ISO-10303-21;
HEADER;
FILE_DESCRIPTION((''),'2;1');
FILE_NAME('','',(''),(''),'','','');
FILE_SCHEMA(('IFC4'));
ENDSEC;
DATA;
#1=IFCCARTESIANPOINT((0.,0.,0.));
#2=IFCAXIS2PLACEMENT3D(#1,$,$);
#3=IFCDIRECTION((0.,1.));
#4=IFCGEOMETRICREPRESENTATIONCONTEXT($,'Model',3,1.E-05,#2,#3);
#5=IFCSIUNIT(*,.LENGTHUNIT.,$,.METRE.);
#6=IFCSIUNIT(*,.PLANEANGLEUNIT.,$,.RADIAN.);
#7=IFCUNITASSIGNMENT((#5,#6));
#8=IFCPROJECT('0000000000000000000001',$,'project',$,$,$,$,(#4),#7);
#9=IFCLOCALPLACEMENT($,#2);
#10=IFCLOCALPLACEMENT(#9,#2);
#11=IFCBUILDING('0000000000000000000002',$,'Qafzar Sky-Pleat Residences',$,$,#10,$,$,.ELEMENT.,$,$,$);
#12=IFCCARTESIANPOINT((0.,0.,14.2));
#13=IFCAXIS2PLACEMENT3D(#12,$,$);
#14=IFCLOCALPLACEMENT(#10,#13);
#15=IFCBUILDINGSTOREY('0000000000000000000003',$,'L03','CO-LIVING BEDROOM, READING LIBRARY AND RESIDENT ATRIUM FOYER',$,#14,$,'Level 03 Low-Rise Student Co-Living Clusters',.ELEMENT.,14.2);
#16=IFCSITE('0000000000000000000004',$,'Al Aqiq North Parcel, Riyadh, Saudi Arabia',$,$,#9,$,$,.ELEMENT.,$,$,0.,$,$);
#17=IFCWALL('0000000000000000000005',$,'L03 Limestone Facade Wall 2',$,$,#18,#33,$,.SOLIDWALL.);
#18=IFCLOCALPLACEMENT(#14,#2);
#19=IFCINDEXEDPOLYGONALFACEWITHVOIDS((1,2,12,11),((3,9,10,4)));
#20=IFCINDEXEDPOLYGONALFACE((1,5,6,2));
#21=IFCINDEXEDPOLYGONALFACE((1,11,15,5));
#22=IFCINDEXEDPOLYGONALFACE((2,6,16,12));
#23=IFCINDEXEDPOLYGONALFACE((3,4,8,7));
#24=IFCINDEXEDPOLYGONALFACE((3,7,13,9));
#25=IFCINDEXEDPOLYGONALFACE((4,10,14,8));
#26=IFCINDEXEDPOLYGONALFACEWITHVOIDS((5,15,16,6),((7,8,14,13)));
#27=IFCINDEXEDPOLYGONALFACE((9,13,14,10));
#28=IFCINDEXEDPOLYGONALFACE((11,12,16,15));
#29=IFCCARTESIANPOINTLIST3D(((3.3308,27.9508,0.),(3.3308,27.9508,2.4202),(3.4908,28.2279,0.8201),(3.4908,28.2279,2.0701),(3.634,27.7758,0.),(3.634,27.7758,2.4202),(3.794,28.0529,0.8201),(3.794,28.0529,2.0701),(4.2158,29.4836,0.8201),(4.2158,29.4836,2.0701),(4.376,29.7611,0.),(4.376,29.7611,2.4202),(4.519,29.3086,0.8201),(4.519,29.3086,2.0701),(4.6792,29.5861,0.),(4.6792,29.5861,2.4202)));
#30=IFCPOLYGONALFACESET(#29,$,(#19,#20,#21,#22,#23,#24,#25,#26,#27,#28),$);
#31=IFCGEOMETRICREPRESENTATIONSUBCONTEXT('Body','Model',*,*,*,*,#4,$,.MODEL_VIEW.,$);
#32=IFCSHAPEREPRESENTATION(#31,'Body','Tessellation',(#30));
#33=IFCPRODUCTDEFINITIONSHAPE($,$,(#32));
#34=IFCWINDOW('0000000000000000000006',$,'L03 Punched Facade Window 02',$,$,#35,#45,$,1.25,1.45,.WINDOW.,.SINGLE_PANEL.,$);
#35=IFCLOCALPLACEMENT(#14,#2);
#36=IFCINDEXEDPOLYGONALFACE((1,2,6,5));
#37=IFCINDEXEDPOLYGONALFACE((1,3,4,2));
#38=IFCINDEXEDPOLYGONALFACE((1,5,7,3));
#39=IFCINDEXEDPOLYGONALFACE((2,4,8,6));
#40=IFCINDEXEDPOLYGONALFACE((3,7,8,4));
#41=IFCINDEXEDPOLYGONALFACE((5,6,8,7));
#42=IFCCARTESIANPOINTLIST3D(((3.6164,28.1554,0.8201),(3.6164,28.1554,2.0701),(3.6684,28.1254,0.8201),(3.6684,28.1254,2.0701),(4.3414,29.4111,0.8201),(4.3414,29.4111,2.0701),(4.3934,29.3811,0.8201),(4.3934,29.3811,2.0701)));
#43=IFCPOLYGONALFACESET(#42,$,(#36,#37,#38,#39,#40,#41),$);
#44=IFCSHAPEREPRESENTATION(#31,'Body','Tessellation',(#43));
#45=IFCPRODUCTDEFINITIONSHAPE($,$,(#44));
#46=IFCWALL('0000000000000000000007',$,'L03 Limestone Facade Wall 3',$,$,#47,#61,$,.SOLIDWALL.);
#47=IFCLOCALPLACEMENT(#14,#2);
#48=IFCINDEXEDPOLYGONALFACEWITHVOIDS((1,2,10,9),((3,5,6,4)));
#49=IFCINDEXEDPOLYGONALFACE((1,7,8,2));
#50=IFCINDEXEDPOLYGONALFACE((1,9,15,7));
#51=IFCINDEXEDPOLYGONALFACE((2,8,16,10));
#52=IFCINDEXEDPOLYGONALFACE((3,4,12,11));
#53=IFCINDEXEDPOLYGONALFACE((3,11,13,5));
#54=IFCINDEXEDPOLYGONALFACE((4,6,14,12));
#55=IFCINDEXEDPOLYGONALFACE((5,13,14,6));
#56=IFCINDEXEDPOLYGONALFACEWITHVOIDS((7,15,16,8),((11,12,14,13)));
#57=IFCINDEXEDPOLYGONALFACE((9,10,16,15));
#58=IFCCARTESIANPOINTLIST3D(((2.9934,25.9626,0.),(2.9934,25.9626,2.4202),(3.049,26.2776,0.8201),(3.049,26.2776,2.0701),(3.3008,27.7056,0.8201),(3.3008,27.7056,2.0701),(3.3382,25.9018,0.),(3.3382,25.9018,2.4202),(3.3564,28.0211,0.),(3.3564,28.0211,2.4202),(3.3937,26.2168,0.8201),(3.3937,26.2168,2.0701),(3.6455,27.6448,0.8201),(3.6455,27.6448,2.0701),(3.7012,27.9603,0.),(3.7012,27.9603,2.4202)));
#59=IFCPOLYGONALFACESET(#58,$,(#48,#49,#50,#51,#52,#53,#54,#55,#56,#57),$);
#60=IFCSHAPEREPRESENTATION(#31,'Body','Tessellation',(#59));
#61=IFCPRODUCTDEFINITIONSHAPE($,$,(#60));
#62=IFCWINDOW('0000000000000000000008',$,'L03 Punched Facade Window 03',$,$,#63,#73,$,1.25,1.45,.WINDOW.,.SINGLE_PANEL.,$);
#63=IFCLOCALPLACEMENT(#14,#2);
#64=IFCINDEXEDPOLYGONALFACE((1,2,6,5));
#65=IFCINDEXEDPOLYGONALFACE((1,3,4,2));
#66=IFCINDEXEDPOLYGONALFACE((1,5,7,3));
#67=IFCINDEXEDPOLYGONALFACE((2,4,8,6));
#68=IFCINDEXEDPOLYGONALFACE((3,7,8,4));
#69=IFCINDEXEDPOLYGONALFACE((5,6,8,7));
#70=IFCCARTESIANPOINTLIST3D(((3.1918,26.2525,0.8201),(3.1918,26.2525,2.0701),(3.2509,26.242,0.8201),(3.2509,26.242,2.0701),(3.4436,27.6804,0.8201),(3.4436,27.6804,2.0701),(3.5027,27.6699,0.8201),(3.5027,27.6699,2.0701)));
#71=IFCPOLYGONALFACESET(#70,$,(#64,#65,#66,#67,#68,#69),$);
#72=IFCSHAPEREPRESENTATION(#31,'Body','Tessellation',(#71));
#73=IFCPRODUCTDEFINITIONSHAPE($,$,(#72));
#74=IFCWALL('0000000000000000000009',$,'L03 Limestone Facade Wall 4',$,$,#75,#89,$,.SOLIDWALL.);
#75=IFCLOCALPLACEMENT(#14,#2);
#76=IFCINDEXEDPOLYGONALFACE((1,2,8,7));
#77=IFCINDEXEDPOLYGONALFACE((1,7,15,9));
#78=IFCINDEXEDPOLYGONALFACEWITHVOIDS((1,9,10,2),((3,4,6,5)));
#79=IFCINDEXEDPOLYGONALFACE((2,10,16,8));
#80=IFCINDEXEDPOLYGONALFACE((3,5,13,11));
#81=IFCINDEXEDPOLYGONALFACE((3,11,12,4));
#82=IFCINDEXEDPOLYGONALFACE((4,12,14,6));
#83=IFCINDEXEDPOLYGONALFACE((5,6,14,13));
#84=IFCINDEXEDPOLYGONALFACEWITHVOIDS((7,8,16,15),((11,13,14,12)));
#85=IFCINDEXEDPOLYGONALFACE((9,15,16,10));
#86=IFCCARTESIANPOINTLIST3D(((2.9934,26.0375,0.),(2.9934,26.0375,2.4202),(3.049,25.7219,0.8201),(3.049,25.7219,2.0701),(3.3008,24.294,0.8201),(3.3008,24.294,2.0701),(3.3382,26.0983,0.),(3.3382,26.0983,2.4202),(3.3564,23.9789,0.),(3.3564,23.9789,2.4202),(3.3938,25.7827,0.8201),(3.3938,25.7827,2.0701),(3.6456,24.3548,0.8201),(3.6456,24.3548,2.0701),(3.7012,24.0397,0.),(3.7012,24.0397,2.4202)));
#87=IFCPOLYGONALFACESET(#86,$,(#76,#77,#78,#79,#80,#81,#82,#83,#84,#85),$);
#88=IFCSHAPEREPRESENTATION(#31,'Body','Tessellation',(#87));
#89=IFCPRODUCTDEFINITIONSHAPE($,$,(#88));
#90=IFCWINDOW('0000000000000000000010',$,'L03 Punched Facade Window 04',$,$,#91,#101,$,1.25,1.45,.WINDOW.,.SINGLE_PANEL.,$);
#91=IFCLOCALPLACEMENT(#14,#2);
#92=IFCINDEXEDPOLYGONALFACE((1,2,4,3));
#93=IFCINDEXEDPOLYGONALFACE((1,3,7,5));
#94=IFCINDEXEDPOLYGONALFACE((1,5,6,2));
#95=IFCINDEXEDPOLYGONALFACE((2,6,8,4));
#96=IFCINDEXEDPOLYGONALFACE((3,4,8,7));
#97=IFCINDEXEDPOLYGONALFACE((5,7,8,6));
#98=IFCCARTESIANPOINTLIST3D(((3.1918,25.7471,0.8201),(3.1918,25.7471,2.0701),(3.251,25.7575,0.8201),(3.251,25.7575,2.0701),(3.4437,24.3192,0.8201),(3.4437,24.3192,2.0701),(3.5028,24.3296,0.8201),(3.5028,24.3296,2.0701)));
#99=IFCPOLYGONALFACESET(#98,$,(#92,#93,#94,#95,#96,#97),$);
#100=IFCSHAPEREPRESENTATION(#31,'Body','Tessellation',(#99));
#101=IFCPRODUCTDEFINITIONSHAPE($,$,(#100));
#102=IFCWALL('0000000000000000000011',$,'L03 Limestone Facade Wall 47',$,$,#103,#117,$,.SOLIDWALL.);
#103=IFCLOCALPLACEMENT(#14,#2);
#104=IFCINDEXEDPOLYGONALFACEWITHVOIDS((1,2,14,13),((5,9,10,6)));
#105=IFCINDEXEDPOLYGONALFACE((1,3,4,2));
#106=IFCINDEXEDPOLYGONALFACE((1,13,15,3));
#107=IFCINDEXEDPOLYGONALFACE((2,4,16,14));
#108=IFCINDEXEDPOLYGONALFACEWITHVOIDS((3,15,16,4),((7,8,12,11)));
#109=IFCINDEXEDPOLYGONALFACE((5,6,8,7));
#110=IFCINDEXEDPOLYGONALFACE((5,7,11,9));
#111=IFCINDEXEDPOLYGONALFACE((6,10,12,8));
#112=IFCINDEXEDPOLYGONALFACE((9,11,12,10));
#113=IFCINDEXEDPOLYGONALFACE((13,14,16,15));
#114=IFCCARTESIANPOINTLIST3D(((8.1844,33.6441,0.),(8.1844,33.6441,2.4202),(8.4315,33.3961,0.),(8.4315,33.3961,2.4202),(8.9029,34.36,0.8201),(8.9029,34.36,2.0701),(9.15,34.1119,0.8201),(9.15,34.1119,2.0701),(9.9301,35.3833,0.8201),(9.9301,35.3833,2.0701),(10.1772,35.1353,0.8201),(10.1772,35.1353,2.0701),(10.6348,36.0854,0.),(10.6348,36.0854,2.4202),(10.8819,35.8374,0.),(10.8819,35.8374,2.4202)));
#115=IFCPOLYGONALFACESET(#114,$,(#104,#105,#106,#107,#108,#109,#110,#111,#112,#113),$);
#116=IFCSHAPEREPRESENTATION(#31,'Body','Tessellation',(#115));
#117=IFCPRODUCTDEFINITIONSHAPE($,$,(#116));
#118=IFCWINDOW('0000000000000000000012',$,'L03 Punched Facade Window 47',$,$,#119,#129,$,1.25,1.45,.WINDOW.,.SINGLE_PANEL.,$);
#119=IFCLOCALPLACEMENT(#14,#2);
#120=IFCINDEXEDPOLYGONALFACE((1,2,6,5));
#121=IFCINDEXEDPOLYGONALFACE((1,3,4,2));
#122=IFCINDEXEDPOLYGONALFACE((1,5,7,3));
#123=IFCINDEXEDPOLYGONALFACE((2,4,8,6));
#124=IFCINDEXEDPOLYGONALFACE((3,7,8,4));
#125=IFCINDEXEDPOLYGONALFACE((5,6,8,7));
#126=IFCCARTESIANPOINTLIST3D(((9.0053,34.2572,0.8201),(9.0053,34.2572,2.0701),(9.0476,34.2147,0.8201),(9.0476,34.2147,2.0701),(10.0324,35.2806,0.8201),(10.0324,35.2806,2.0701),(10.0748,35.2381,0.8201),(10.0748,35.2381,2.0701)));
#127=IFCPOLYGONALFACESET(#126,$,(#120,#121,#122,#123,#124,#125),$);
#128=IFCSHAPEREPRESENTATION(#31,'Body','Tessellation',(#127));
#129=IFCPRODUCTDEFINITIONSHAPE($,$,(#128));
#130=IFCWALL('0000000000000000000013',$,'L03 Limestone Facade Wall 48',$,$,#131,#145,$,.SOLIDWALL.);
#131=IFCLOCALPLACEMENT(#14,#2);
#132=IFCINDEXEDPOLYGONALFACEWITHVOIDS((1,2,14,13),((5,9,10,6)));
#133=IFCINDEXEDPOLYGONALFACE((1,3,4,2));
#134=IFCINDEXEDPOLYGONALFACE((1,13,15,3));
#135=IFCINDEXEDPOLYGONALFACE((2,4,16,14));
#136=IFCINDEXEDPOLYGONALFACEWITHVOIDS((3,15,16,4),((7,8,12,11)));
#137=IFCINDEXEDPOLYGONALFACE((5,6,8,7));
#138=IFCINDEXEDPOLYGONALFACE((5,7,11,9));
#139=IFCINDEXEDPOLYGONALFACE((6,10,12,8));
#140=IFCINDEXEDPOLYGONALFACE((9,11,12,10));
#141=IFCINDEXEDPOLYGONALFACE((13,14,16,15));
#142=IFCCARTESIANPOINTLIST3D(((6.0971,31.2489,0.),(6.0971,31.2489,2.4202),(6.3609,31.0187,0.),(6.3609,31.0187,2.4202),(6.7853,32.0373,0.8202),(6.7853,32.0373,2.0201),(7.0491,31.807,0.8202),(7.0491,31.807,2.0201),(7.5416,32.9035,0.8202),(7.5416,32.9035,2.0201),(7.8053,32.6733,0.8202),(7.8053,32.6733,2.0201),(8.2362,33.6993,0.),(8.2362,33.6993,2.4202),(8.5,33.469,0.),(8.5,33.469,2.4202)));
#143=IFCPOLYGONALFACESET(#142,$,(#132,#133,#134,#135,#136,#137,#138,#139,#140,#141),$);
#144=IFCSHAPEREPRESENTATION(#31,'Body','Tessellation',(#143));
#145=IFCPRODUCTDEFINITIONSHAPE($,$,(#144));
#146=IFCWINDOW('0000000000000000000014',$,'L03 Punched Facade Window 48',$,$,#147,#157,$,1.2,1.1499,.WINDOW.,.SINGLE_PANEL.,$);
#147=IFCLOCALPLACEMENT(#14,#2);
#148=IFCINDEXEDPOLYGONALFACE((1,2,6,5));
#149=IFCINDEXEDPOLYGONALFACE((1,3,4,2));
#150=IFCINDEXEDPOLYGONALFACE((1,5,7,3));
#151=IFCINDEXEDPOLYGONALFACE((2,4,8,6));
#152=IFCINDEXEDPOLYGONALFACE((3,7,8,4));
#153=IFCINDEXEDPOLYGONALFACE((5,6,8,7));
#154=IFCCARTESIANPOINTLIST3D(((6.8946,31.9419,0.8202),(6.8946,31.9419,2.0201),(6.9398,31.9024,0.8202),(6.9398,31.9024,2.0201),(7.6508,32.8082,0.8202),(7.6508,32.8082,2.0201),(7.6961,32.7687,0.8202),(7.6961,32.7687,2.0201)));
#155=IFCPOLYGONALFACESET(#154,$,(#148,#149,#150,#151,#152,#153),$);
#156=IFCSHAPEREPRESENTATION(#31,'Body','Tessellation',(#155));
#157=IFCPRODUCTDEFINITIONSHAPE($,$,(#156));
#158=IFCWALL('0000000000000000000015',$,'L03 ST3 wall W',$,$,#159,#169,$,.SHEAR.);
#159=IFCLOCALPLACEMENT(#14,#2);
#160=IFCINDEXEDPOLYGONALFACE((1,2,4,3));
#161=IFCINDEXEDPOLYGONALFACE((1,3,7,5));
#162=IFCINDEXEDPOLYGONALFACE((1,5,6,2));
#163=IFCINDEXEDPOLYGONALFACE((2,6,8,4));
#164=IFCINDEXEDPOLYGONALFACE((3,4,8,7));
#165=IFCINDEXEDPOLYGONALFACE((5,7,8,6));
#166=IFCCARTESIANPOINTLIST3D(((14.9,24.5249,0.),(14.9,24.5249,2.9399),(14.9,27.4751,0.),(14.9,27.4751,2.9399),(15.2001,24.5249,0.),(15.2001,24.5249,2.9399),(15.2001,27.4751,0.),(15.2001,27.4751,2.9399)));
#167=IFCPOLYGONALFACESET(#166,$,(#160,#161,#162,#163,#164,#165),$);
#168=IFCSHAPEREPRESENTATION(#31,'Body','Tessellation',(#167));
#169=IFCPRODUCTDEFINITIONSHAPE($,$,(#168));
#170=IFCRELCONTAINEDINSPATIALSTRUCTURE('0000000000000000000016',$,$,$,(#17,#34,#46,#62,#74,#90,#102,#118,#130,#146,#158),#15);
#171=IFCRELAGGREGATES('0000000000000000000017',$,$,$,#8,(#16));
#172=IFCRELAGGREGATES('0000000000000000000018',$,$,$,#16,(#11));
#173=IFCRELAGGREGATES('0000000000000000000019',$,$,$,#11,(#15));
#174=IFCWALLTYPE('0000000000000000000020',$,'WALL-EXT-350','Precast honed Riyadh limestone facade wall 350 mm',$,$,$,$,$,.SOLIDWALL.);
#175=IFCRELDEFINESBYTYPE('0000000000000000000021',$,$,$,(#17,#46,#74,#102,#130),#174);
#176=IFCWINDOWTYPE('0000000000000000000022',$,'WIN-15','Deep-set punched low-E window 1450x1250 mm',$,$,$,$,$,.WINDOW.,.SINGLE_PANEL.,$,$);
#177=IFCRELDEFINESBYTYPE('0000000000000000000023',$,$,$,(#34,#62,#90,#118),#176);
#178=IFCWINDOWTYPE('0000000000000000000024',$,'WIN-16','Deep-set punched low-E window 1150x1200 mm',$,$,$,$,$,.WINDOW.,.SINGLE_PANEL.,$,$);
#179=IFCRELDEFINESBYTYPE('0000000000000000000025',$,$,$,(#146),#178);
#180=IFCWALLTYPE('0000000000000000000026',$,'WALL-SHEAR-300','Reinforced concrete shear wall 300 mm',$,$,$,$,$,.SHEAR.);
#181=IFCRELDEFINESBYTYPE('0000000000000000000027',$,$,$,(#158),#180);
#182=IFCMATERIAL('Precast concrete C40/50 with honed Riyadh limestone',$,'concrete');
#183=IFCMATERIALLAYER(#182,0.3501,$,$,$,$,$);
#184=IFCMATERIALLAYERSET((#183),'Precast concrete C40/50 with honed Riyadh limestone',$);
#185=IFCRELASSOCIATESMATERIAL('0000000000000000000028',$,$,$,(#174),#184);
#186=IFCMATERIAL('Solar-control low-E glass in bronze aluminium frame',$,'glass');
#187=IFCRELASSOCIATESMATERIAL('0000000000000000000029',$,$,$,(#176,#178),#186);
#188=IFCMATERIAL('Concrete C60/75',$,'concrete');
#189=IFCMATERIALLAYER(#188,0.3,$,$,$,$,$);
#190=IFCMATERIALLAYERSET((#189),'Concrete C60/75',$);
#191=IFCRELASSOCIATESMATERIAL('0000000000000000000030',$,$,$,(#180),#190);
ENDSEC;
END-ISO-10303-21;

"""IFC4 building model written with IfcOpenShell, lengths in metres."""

from ifc_helpers import new_model, si_unit, direction, frame, frame_2d, origin, place, context, subcontext, project, spatial, rectangle, extrude, source, transform, mapped, material, layer, layer_set, type_object, element, fill, save


model = new_model("IFC4")

# Units and contexts
model_context = context("Model", 3, precision=1e-05, world=origin(), true_north=direction((0.0, 1.0)))
body_context = subcontext(model_context, "Body", "Model", "MODEL_VIEW")
ifc_project = project(units=[si_unit("LENGTHUNIT", "METRE"), si_unit("PLANEANGLEUNIT", "RADIAN")], contexts=[model_context])

# Site, building, storey
site_placement = place(None, origin())
site = spatial("IfcSite", under=ifc_project, at=site_placement, Name="Al Aqiq North Parcel, Riyadh, Saudi Arabia", CompositionType="ELEMENT", RefElevation=0.0)
building_placement = place(site_placement, origin())
building = spatial("IfcBuilding", under=site, at=building_placement, Name="Qafzar Sky-Pleat Residences", CompositionType="ELEMENT")
storey_placement = place(building_placement, frame((0.0, 0.0, 14.2)))
storey = spatial("IfcBuildingStorey", under=building, at=storey_placement, Name="L03", Description="CO-LIVING BEDROOM, READING LIBRARY AND RESIDENT ATRIUM FOYER", LongName="Level 03 Low-Rise Student Co-Living Clusters", CompositionType="ELEMENT", Elevation=14.2)

# Shared definitions
ifc_material_1 = material(Name="Concrete C60/75", Category="concrete")

# Walls, openings, windows
ifc_material_2 = material(Name="Precast concrete C40/50 with honed Riyadh limestone", Category="concrete")
ifc_layer_1 = layer(ifc_material_2, 0.3501)
ifc_layer_set_1 = layer_set([ifc_layer_1], Name="Precast concrete C40/50 with honed Riyadh limestone")
wall_type_1 = type_object("IfcWallType", Name="WALL-EXT-350", Description="Precast honed Riyadh limestone facade wall 350 mm", PredefinedType="SOLIDWALL", material=ifc_layer_set_1)
ifc_material_3 = material(Name="Solar-control low-E glass in bronze aluminium frame", Category="glass")
wall_1_placement = place(storey_placement, frame((4.5276, 29.6736, 0.0), z_axis=(0.0, 0.0, 1.0), x_axis=(-0.499995, -0.866028, 0.0)))
wall_1 = element("IfcWall", 1, at=wall_1_placement, inside=storey, type_object=wall_type_1, Name="L03 Limestone Facade Wall 2", PredefinedType="SOLIDWALL", context=body_context, shape_type="SweptSolid", body=[
    extrude(rectangle(XDim=2.0903, YDim=0.3501, at=frame_2d((1.0452, 0.0))), origin(), (0.0, 0.0, 1.0), 2.4202),
])
opening_1_placement = place(wall_1_placement, frame((0.3203, 0.0, 0.8201)))
opening_1 = element("IfcOpeningElement", 2, at=opening_1_placement, cuts=wall_1, PredefinedType="OPENING", context=body_context, shape_type="SweptSolid", body=[
    extrude(rectangle(XDim=1.45, YDim=1.25, at=frame_2d((0.7251, 0.625))), frame((0.0, 0.1851, 0.0), z_axis=(0.0, -1.0, 0.0), x_axis=(1.0, 0.0, 0.0)), (0.0, 0.0, 1.0), 0.3701),
])
window_type_1 = type_object("IfcWindowType", Name="WIN-15", Description="Deep-set punched low-E window 1450x1250 mm", PartitioningType="SINGLE_PANEL", PredefinedType="WINDOW", material=ifc_material_3)
shared_shape_1 = source(origin(), body_context, "Body", "SweptSolid", [
    extrude(rectangle(XDim=1.45, YDim=1.25, at=frame_2d((0.7251, 0.625))), frame((0.0, 0.03, 0.0), z_axis=(0.0, -1.0, 0.0), x_axis=(1.0, 0.0, 0.0)), (0.0, 0.0, 1.0), 0.0601),
])
window_1_placement = place(opening_1_placement, origin())
window_1 = element("IfcWindow", 3, at=window_1_placement, inside=storey, type_object=window_type_1, Name="L03 Punched Facade Window 02", OverallHeight=1.25, OverallWidth=1.45, PartitioningType="SINGLE_PANEL", PredefinedType="WINDOW", context=body_context, shape_type="MappedRepresentation", body=[
    mapped(shared_shape_1, transform((0.0, 0.0, 0.0), x_axis=(1.0, 0.0, 0.0), y_axis=(0.0, 1.0, 0.0), z_axis=(0.0, 0.0, 1.0), scale=1.0)),
])
fill(opening_1, window_1)
wall_2_placement = place(storey_placement, frame((3.5288, 27.9907, 0.0), z_axis=(0.0, 0.0, 1.0), x_axis=(-0.173672, -0.984804, 0.0)))
wall_2 = element("IfcWall", 4, at=wall_2_placement, inside=storey, type_object=wall_type_1, Name="L03 Limestone Facade Wall 3", PredefinedType="SOLIDWALL", context=body_context, shape_type="SweptSolid", body=[
    extrude(rectangle(XDim=2.0903, YDim=0.3501, at=frame_2d((1.0452, 0.0))), origin(), (0.0, 0.0, 1.0), 2.4202),
])
opening_2_placement = place(wall_2_placement, frame((0.3203, 0.0, 0.8201)))
opening_2 = element("IfcOpeningElement", 5, at=opening_2_placement, cuts=wall_2, PredefinedType="OPENING", context=body_context, shape_type="SweptSolid", body=[
    extrude(rectangle(XDim=1.45, YDim=1.25, at=frame_2d((0.7251, 0.625))), frame((0.0, 0.1851, 0.0), z_axis=(0.0, -1.0, 0.0), x_axis=(1.0, 0.0, 0.0)), (0.0, 0.0, 1.0), 0.3701),
])
window_2_placement = place(opening_2_placement, origin())
window_2 = element("IfcWindow", 6, at=window_2_placement, inside=storey, type_object=window_type_1, Name="L03 Punched Facade Window 03", OverallHeight=1.25, OverallWidth=1.45, PartitioningType="SINGLE_PANEL", PredefinedType="WINDOW", context=body_context, shape_type="MappedRepresentation", body=[
    mapped(shared_shape_1, transform((0.0, 0.0, 0.0), x_axis=(1.0, 0.0, 0.0), y_axis=(0.0, 1.0, 0.0), z_axis=(0.0, 0.0, 1.0), scale=1.0)),
])
fill(opening_2, window_2)
wall_3_placement = place(storey_placement, frame((3.1658, 26.0679, 0.0), z_axis=(0.0, 0.0, 1.0), x_axis=(0.173672, -0.984804, 0.0)))
wall_3 = element("IfcWall", 7, at=wall_3_placement, inside=storey, type_object=wall_type_1, Name="L03 Limestone Facade Wall 4", PredefinedType="SOLIDWALL", context=body_context, shape_type="SweptSolid", body=[
    extrude(rectangle(XDim=2.0903, YDim=0.3501, at=frame_2d((1.0452, 0.0))), origin(), (0.0, 0.0, 1.0), 2.4202),
])
opening_3_placement = place(wall_3_placement, frame((0.3203, 0.0, 0.8201)))
opening_3 = element("IfcOpeningElement", 8, at=opening_3_placement, cuts=wall_3, PredefinedType="OPENING", context=body_context, shape_type="SweptSolid", body=[
    extrude(rectangle(XDim=1.45, YDim=1.25, at=frame_2d((0.7251, 0.625))), frame((0.0, 0.1851, 0.0), z_axis=(0.0, -1.0, 0.0), x_axis=(1.0, 0.0, 0.0)), (0.0, 0.0, 1.0), 0.3701),
])
window_3_placement = place(opening_3_placement, origin())
window_3 = element("IfcWindow", 9, at=window_3_placement, inside=storey, type_object=window_type_1, Name="L03 Punched Facade Window 04", OverallHeight=1.25, OverallWidth=1.45, PartitioningType="SINGLE_PANEL", PredefinedType="WINDOW", context=body_context, shape_type="MappedRepresentation", body=[
    mapped(shared_shape_1, transform((0.0, 0.0, 0.0), x_axis=(1.0, 0.0, 0.0), y_axis=(0.0, 1.0, 0.0), z_axis=(0.0, 0.0, 1.0), scale=1.0)),
])
fill(opening_3, window_3)
wall_4_placement = place(storey_placement, frame((10.7583, 35.9614, 0.0), z_axis=(0.0, 0.0, 1.0), x_axis=(-0.708411, -0.7058, 0.0)))
wall_4 = element("IfcWall", 10, at=wall_4_placement, inside=storey, type_object=wall_type_1, Name="L03 Limestone Facade Wall 47", PredefinedType="SOLIDWALL", context=body_context, shape_type="SweptSolid", body=[
    extrude(rectangle(XDim=3.459, YDim=0.3501, at=frame_2d((1.7295, 0.0))), origin(), (0.0, 0.0, 1.0), 2.4202),
])
opening_4_placement = place(wall_4_placement, frame((0.9946, 0.0, 0.8201)))
opening_4 = element("IfcOpeningElement", 11, at=opening_4_placement, cuts=wall_4, PredefinedType="OPENING", context=body_context, shape_type="SweptSolid", body=[
    extrude(rectangle(XDim=1.45, YDim=1.25, at=frame_2d((0.7251, 0.625))), frame((0.0, 0.1851, 0.0), z_axis=(0.0, -1.0, 0.0), x_axis=(1.0, 0.0, 0.0)), (0.0, 0.0, 1.0), 0.3701),
])
window_4_placement = place(opening_4_placement, origin())
window_4 = element("IfcWindow", 12, at=window_4_placement, inside=storey, type_object=window_type_1, Name="L03 Punched Facade Window 47", OverallHeight=1.25, OverallWidth=1.45, PartitioningType="SINGLE_PANEL", PredefinedType="WINDOW", context=body_context, shape_type="MappedRepresentation", body=[
    mapped(shared_shape_1, transform((0.0, 0.0, 0.0), x_axis=(1.0, 0.0, 0.0), y_axis=(0.0, 1.0, 0.0), z_axis=(0.0, 0.0, 1.0), scale=1.0)),
])
fill(opening_4, window_4)
wall_5_placement = place(storey_placement, frame((8.3682, 33.5842, 0.0), z_axis=(0.0, 0.0, 1.0), x_axis=(-0.657638, -0.753334, 0.0)))
wall_5 = element("IfcWall", 13, at=wall_5_placement, inside=storey, type_object=wall_type_1, Name="L03 Limestone Facade Wall 48", PredefinedType="SOLIDWALL", context=body_context, shape_type="SweptSolid", body=[
    extrude(rectangle(XDim=3.2527, YDim=0.3501, at=frame_2d((1.6265, 0.0))), origin(), (0.0, 0.0, 1.0), 2.4202),
])
opening_5_placement = place(wall_5_placement, frame((1.0564, 0.0, 0.8201)))
opening_5 = element("IfcOpeningElement", 14, at=opening_5_placement, cuts=wall_5, PredefinedType="OPENING", context=body_context, shape_type="SweptSolid", body=[
    extrude(rectangle(XDim=1.1499, YDim=1.2, at=frame_2d((0.575, 0.6001))), frame((0.0, 0.1851, 0.0), z_axis=(0.0, -1.0, 0.0), x_axis=(1.0, 0.0, 0.0)), (0.0, 0.0, 1.0), 0.3701),
])
window_type_2 = type_object("IfcWindowType", Name="WIN-16", Description="Deep-set punched low-E window 1150x1200 mm", PartitioningType="SINGLE_PANEL", PredefinedType="WINDOW", material=ifc_material_3)
shared_shape_2 = source(origin(), body_context, "Body", "SweptSolid", [
    extrude(rectangle(XDim=1.1499, YDim=1.2, at=frame_2d((0.575, 0.6001))), frame((0.0, 0.03, 0.0), z_axis=(0.0, -1.0, 0.0), x_axis=(1.0, 0.0, 0.0)), (0.0, 0.0, 1.0), 0.0601),
])
window_5_placement = place(opening_5_placement, origin())
window_5 = element("IfcWindow", 15, at=window_5_placement, inside=storey, type_object=window_type_2, Name="L03 Punched Facade Window 48", OverallHeight=1.2, OverallWidth=1.1499, PartitioningType="SINGLE_PANEL", PredefinedType="WINDOW", context=body_context, shape_type="MappedRepresentation", body=[
    mapped(shared_shape_2, transform((0.0, 0.0, 0.0), x_axis=(1.0, 0.0, 0.0), y_axis=(0.0, 1.0, 0.0), z_axis=(0.0, 0.0, 1.0), scale=1.0)),
])
fill(opening_5, window_5)

# Wall
ifc_layer_2 = layer(ifc_material_1, 0.3)
ifc_layer_set_2 = layer_set([ifc_layer_2], Name="Concrete C60/75")
wall_type_2 = type_object("IfcWallType", Name="WALL-SHEAR-300", Description="Reinforced concrete shear wall 300 mm", PredefinedType="SHEAR", material=ifc_layer_set_2)
wall_6_placement = place(storey_placement, frame((15.05, 27.4751, 0.0), z_axis=(0.0, 0.0, 1.0), x_axis=(0.0, -1.0, 0.0)))
element("IfcWall", 16, at=wall_6_placement, inside=storey, type_object=wall_type_2, Name="L03 ST3 wall W", PredefinedType="SHEAR", context=body_context, shape_type="SweptSolid", body=[
    extrude(rectangle(XDim=2.9502, YDim=0.3, at=frame_2d((1.4751, 0.0))), origin(), (0.0, 0.0, 1.0), 2.9399),
])

save(model, "model.ifc")
